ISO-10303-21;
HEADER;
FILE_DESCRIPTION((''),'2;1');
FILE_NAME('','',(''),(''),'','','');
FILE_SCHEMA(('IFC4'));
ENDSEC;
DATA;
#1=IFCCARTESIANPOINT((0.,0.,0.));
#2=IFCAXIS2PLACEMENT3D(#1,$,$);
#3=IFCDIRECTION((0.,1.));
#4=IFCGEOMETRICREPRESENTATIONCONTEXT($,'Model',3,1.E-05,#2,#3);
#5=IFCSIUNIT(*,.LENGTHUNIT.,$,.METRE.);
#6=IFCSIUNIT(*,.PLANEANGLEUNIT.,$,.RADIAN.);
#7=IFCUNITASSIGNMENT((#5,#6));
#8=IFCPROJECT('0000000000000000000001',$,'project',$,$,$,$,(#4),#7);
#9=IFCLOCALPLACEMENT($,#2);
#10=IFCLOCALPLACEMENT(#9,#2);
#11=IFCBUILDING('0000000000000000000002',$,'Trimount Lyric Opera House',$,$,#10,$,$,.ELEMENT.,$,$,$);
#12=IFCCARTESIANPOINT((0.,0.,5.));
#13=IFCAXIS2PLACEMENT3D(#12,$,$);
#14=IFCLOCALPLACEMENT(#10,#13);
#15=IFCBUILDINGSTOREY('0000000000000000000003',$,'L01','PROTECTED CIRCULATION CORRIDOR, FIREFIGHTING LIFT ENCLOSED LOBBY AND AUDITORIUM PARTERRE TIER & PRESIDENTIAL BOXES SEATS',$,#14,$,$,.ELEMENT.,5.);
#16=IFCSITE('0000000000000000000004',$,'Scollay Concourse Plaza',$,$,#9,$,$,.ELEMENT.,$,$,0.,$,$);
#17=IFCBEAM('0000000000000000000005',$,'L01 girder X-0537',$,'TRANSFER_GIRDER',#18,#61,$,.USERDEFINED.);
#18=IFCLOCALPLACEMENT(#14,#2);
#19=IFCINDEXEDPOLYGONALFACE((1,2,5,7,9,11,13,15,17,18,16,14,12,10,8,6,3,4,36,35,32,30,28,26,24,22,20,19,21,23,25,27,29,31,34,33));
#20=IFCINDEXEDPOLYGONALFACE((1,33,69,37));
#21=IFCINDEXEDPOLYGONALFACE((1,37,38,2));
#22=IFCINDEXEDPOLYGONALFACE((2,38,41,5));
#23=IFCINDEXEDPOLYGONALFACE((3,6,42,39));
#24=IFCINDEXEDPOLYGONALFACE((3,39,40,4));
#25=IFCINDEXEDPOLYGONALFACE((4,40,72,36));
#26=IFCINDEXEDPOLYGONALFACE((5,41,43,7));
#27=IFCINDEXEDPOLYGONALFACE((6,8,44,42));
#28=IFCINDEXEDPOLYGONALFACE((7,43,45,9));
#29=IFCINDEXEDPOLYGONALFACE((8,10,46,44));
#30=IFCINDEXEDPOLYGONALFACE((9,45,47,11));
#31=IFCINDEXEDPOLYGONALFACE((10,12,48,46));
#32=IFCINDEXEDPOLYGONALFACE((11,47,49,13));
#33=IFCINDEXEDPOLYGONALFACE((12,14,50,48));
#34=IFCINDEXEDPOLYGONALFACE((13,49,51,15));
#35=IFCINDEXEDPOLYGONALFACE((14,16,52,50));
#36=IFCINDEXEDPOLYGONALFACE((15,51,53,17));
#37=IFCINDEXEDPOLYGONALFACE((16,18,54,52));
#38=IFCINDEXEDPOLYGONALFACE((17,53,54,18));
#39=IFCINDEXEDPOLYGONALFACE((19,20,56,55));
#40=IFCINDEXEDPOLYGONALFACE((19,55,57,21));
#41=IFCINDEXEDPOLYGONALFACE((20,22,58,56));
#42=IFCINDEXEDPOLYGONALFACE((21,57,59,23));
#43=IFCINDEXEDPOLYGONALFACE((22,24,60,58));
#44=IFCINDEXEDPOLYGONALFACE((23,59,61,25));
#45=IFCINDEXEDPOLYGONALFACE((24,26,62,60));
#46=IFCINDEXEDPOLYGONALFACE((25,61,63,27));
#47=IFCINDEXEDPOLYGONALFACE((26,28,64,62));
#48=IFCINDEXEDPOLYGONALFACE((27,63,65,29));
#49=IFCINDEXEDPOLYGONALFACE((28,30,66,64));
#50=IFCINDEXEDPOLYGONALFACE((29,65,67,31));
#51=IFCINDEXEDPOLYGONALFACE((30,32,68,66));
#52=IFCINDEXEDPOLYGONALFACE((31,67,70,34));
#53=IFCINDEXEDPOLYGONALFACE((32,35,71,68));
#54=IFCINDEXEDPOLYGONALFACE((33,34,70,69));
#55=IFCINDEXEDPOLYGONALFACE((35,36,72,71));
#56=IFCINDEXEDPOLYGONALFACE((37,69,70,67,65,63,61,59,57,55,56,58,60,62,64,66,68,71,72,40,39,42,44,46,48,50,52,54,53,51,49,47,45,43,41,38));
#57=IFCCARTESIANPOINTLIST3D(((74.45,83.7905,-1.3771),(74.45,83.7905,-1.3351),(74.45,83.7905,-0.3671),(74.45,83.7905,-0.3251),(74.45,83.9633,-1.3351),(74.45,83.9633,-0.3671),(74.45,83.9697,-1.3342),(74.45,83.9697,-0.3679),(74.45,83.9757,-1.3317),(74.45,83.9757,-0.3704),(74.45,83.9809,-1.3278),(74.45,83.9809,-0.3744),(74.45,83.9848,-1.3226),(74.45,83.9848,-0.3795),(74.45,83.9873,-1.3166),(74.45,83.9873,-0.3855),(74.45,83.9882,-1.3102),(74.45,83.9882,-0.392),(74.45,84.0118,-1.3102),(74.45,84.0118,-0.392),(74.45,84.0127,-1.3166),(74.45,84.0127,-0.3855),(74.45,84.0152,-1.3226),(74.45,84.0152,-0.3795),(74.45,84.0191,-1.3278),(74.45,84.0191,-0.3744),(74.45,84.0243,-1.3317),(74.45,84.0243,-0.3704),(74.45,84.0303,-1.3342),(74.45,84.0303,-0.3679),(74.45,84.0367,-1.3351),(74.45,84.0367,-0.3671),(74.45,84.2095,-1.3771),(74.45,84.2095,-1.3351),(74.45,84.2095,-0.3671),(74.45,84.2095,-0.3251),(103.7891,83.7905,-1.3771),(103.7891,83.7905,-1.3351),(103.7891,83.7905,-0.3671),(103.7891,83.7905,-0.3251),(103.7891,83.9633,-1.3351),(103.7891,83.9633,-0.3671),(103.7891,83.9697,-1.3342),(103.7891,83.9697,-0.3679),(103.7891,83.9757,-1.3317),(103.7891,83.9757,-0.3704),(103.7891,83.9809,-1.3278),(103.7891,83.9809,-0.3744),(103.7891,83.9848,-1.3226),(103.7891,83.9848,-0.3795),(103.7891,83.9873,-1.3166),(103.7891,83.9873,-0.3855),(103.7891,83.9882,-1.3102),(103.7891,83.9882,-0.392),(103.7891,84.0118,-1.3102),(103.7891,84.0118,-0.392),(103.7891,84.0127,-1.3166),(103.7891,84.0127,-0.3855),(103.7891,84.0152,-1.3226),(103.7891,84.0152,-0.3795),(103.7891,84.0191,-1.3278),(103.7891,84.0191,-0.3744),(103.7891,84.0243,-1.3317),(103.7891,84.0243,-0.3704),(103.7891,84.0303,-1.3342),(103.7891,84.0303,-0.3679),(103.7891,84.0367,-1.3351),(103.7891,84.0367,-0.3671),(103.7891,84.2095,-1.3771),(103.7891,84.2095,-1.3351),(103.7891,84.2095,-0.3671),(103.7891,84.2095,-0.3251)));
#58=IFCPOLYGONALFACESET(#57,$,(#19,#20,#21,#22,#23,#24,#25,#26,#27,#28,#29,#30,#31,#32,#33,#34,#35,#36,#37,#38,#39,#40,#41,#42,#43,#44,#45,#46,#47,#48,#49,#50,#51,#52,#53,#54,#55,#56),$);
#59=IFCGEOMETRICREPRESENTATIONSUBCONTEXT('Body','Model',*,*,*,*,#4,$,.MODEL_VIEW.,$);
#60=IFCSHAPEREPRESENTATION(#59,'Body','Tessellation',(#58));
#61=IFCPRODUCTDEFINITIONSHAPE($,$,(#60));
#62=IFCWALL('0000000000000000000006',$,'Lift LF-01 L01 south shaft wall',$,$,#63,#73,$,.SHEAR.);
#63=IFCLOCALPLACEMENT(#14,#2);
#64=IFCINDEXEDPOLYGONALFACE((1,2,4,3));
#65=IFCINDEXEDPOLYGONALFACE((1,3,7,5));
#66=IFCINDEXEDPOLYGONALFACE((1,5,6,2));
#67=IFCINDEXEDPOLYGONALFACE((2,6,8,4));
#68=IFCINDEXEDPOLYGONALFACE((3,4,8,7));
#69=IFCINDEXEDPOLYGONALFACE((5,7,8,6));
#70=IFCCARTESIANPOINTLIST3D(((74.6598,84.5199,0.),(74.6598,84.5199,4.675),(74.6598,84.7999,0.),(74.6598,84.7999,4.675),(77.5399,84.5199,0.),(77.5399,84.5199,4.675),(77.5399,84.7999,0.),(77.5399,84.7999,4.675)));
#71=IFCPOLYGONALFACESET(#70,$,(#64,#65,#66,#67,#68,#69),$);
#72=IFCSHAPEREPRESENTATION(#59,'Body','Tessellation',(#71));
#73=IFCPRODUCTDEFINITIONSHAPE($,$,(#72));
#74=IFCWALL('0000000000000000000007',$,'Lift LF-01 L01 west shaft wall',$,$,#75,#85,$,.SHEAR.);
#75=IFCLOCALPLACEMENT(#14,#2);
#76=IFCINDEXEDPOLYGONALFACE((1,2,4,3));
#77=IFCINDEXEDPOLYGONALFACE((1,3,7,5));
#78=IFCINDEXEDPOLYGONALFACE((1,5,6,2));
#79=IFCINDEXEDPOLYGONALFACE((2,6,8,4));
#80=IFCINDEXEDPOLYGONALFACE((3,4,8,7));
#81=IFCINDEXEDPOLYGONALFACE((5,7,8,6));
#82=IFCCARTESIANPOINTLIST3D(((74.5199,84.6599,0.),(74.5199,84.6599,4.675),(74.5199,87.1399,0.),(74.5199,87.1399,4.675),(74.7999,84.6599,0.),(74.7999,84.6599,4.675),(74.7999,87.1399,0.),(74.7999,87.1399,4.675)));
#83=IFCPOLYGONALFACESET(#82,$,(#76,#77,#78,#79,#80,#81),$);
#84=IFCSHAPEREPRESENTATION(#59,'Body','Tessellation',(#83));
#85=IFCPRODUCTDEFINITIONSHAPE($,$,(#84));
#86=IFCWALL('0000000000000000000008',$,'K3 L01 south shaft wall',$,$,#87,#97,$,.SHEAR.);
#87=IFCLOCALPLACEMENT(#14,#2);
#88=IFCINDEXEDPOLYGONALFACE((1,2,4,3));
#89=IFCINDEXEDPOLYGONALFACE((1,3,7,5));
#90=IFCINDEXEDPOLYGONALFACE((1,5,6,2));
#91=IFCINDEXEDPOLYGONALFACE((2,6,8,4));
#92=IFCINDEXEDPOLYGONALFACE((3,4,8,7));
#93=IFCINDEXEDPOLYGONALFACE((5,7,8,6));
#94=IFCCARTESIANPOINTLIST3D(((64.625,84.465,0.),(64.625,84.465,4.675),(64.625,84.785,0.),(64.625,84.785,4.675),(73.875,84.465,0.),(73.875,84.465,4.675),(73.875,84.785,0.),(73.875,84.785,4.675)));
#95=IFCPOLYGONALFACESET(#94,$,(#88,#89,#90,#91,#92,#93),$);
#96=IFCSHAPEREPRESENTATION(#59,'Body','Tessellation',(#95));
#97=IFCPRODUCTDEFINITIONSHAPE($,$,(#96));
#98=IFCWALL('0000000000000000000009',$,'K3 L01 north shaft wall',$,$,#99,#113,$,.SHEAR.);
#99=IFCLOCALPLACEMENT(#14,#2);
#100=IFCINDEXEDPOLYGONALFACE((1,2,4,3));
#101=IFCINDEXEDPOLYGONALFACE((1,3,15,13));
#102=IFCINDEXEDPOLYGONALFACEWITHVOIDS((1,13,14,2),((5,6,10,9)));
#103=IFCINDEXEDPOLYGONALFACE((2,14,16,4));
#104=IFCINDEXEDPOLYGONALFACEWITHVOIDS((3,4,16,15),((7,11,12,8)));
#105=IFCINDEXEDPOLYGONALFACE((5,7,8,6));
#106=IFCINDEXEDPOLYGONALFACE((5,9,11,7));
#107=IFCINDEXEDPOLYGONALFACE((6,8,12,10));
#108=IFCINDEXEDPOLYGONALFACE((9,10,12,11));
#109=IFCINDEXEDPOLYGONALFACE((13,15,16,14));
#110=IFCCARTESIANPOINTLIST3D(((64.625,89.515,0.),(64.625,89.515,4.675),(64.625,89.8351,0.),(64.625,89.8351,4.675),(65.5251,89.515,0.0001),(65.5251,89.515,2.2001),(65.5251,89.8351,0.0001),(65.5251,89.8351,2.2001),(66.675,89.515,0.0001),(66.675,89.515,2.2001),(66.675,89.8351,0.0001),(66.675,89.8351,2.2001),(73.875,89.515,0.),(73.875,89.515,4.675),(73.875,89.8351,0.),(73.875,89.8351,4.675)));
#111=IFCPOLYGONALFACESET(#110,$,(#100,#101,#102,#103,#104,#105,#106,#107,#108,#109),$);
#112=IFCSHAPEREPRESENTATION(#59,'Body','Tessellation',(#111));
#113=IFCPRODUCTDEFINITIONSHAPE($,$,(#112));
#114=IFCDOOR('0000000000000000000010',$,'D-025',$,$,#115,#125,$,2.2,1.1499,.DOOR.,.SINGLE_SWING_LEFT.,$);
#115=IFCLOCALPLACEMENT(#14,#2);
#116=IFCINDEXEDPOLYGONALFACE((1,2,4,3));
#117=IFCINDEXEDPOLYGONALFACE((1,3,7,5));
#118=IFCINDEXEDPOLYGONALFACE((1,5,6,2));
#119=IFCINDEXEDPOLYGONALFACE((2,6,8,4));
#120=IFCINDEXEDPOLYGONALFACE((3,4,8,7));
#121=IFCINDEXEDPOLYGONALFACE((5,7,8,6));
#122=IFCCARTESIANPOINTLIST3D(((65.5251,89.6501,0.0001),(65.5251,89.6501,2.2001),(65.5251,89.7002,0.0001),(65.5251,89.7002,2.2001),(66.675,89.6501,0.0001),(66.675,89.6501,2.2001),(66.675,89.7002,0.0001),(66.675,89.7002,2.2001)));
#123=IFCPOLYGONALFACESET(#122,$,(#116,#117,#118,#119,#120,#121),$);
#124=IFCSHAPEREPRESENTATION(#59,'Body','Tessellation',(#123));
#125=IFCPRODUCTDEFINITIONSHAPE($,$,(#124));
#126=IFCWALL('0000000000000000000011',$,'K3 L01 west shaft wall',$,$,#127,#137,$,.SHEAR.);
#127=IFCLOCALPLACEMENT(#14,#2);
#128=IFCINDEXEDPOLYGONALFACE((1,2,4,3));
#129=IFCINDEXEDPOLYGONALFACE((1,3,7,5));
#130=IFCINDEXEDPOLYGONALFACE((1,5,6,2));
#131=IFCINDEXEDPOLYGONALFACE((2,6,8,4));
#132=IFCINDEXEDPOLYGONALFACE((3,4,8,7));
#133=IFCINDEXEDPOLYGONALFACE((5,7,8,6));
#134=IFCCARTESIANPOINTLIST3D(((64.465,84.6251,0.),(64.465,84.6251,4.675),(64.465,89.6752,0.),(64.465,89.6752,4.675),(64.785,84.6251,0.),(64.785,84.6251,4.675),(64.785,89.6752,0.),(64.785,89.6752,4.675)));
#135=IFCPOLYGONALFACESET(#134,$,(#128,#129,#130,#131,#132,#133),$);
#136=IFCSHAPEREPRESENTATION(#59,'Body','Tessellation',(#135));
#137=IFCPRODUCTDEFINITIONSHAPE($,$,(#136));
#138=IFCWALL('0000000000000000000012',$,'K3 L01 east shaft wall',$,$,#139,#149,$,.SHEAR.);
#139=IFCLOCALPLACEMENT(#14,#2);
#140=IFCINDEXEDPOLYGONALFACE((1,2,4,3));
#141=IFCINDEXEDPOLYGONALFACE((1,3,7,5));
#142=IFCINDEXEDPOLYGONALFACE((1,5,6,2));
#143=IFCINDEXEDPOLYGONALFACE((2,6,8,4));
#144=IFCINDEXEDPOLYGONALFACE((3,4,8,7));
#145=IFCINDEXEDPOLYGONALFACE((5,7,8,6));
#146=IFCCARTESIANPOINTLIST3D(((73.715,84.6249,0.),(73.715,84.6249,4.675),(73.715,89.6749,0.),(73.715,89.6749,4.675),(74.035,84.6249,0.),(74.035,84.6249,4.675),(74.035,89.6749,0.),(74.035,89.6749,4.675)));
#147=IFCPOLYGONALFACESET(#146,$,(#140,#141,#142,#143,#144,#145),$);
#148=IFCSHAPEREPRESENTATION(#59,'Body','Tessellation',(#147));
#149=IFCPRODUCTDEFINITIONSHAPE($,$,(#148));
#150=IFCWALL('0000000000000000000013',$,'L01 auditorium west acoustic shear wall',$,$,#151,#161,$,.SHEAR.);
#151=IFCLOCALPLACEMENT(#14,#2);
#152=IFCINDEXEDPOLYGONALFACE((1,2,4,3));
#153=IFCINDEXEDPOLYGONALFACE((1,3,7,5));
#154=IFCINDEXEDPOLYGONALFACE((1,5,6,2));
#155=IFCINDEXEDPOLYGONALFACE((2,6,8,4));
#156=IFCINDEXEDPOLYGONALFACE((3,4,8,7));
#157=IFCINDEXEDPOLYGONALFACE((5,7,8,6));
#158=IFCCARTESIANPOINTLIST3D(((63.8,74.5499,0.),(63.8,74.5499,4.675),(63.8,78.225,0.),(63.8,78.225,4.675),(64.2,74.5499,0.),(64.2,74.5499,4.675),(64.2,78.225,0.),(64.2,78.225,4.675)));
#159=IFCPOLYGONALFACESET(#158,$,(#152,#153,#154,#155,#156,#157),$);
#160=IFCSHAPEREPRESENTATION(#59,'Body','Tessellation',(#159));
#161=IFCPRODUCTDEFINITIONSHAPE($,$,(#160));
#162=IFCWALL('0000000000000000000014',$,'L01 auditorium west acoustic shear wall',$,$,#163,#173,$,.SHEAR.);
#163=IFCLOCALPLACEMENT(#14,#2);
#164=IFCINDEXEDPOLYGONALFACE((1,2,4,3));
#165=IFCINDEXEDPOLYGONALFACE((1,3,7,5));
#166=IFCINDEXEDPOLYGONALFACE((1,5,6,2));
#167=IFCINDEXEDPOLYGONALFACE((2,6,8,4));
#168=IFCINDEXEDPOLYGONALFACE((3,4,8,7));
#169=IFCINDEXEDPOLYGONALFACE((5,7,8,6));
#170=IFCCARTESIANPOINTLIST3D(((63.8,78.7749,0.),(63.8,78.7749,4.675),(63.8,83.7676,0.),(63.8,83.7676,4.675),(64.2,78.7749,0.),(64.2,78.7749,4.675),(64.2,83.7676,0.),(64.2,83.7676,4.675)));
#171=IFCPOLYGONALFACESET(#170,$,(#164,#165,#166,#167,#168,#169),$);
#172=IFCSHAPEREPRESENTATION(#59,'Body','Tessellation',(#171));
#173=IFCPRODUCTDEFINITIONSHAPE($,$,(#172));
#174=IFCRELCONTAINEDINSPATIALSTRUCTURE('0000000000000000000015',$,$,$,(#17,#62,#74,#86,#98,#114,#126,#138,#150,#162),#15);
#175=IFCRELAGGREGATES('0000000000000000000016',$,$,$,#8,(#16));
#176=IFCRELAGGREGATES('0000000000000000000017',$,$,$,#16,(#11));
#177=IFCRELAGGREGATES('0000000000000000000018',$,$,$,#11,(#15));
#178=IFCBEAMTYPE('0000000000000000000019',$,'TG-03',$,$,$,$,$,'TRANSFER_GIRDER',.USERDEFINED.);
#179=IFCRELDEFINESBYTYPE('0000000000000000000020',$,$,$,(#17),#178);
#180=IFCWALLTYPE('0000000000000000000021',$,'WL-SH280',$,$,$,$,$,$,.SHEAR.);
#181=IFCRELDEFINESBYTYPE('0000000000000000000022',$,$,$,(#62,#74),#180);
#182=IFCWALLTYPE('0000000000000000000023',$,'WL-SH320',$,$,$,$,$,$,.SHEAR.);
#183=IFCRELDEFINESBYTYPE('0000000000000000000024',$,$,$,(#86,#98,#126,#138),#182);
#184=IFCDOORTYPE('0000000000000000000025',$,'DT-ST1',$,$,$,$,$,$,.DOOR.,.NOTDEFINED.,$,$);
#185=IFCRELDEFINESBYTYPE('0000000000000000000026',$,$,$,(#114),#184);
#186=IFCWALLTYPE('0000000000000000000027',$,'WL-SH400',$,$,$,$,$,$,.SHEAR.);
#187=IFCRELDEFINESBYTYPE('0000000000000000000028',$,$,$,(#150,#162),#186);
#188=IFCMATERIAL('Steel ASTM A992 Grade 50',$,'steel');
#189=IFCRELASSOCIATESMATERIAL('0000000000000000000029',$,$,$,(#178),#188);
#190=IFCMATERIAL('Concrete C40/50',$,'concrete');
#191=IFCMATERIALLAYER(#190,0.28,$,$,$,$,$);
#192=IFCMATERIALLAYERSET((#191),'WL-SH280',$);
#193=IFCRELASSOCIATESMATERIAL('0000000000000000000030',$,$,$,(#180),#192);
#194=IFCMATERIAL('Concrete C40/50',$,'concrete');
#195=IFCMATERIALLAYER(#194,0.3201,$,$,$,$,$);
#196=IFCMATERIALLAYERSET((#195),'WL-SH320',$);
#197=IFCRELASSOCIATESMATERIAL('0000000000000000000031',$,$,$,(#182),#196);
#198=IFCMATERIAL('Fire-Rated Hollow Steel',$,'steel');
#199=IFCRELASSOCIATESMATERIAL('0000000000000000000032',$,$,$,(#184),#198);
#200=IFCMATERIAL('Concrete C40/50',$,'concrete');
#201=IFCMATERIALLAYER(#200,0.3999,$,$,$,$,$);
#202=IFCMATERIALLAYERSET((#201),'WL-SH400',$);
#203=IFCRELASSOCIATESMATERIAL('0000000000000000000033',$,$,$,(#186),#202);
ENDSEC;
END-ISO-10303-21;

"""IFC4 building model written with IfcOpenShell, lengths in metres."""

from ifc_helpers import new_model, si_unit, direction, frame, frame_2d, origin, origin_2d, place, context, subcontext, project, spatial, rectangle, i_section, extrude, material, layer, layer_set, material_profile, profile_set, type_object, element, fill, save


model = new_model("IFC4")

# Units and contexts
model_context = context("Model", 3, precision=1e-05, world=origin(), true_north=direction((0.0, 1.0)))
body_context = subcontext(model_context, "Body", "Model", "MODEL_VIEW")
ifc_project = project(units=[si_unit("LENGTHUNIT", "METRE"), si_unit("PLANEANGLEUNIT", "RADIAN")], contexts=[model_context])

# Site, building, storey
site_placement = place(None, origin())
site = spatial("IfcSite", under=ifc_project, at=site_placement, Name="Scollay Concourse Plaza", CompositionType="ELEMENT", RefElevation=0.0)
building_placement = place(site_placement, origin())
building = spatial("IfcBuilding", under=site, at=building_placement, Name="Trimount Lyric Opera House", CompositionType="ELEMENT")
storey_placement = place(building_placement, frame((0.0, 0.0, 5.0)))
storey = spatial("IfcBuildingStorey", under=building, at=storey_placement, Name="L01", Description="PROTECTED CIRCULATION CORRIDOR, FIREFIGHTING LIFT ENCLOSED LOBBY AND AUDITORIUM PARTERRE TIER & PRESIDENTIAL BOXES SEATS", CompositionType="ELEMENT", Elevation=5.0)

# Beam
ifc_material_1 = material(Name="Steel ASTM A992 Grade 50", Category="steel")
ifc_material_profile_1 = material_profile(ifc_material_1, i_section(OverallWidth=0.4189, OverallDepth=1.052, WebThickness=0.0237, FlangeThickness=0.042, FilletRadius=0.0249, at=origin_2d()), Name="W40X297")
ifc_profile_set_1 = profile_set([ifc_material_profile_1], Name="Steel ASTM A992 Grade 50")
beam_type_1 = type_object("IfcBeamType", Name="TG-03", ElementType="TRANSFER_GIRDER", PredefinedType="USERDEFINED", material=ifc_profile_set_1)
beam_1_placement = place(storey_placement, frame((74.45, 84.0, -0.8511), z_axis=(1.0, 0.0, 0.0), x_axis=(0.0, 1.0, 0.0)))
element("IfcBeam", 1, at=beam_1_placement, inside=storey, type_object=beam_type_1, Name="L01 girder X-0537", ObjectType="TRANSFER_GIRDER", PredefinedType="USERDEFINED", context=body_context, shape_type="SweptSolid", body=[
    extrude(i_section(OverallWidth=0.4189, OverallDepth=1.052, WebThickness=0.0237, FlangeThickness=0.042, FilletRadius=0.0249, at=origin_2d()), origin(), (0.0, 0.0, 1.0), 29.3391),
])

# Walls
ifc_material_2 = material(Name="Concrete C40/50", Category="concrete")
ifc_layer_1 = layer(ifc_material_2, 0.28)
ifc_layer_set_1 = layer_set([ifc_layer_1], Name="WL-SH280")
wall_type_1 = type_object("IfcWallType", Name="WL-SH280", PredefinedType="SHEAR", material=ifc_layer_set_1)
wall_1_placement = place(storey_placement, frame((74.6599, 84.6599, 0.0), z_axis=(0.0, 0.0, 1.0), x_axis=(1.0, 0.0, 0.0)))
element("IfcWall", 2, at=wall_1_placement, inside=storey, type_object=wall_type_1, Name="Lift LF-01 L01 south shaft wall", PredefinedType="SHEAR", context=body_context, shape_type="SweptSolid", body=[
    extrude(rectangle(XDim=2.8801, YDim=0.28, at=frame_2d((1.4399, 0.0))), origin(), (0.0, 0.0, 1.0), 4.675),
])
wall_2_placement = place(storey_placement, frame((74.6599, 87.1399, 0.0), z_axis=(0.0, 0.0, 1.0), x_axis=(0.0, -1.0, 0.0)))
element("IfcWall", 3, at=wall_2_placement, inside=storey, type_object=wall_type_1, Name="Lift LF-01 L01 west shaft wall", PredefinedType="SHEAR", context=body_context, shape_type="SweptSolid", body=[
    extrude(rectangle(XDim=2.48, YDim=0.28, at=frame_2d((1.24, 0.0))), origin(), (0.0, 0.0, 1.0), 4.675),
])
ifc_material_3 = material(Name="Concrete C40/50", Category="concrete")
ifc_layer_2 = layer(ifc_material_3, 0.3201)
ifc_layer_set_2 = layer_set([ifc_layer_2], Name="WL-SH320")
wall_type_2 = type_object("IfcWallType", Name="WL-SH320", PredefinedType="SHEAR", material=ifc_layer_set_2)
wall_3_placement = place(storey_placement, frame((64.625, 84.625, 0.0), z_axis=(0.0, 0.0, 1.0), x_axis=(1.0, 0.0, 0.0)))
element("IfcWall", 4, at=wall_3_placement, inside=storey, type_object=wall_type_2, Name="K3 L01 south shaft wall", PredefinedType="SHEAR", context=body_context, shape_type="SweptSolid", body=[
    extrude(rectangle(XDim=9.25, YDim=0.3201, at=frame_2d((4.625, 0.0))), origin(), (0.0, 0.0, 1.0), 4.675),
])

# Wall, opening, door
wall_4_placement = place(storey_placement, frame((73.875, 89.675, 0.0), z_axis=(0.0, 0.0, 1.0), x_axis=(-1.0, 0.0, 0.0)))
wall_4 = element("IfcWall", 5, at=wall_4_placement, inside=storey, type_object=wall_type_2, Name="K3 L01 north shaft wall", PredefinedType="SHEAR", context=body_context, shape_type="SweptSolid", body=[
    extrude(rectangle(XDim=9.25, YDim=0.3201, at=frame_2d((4.625, 0.0))), origin(), (0.0, 0.0, 1.0), 4.675),
])
opening_1_placement = place(wall_4_placement, frame((7.2, 0.0, 0.0)))
opening_1 = element("IfcOpeningElement", 6, at=opening_1_placement, cuts=wall_4, PredefinedType="OPENING", context=body_context, shape_type="SweptSolid", body=[
    extrude(rectangle(XDim=1.1499, YDim=2.2, at=frame_2d((0.575, 1.1001))), frame((0.0, 0.1699, 0.0), z_axis=(0.0, -1.0, 0.0), x_axis=(1.0, 0.0, 0.0)), (0.0, 0.0, 1.0), 0.3401),
])
ifc_material_4 = material(Name="Fire-Rated Hollow Steel", Category="steel")
door_type_1 = type_object("IfcDoorType", Name="DT-ST1", OperationType="NOTDEFINED", PredefinedType="DOOR", material=ifc_material_4)
door_1_placement = place(opening_1_placement, origin())
door_1 = element("IfcDoor", 7, at=door_1_placement, inside=storey, type_object=door_type_1, Name="D-025", OperationType="SINGLE_SWING_LEFT", OverallHeight=2.2, OverallWidth=1.1499, PredefinedType="DOOR", context=body_context, shape_type="SweptSolid", body=[
    extrude(rectangle(XDim=1.1499, YDim=2.2, at=frame_2d((0.575, 1.1001))), frame((0.0, 0.0249, 0.0), z_axis=(0.0, -1.0, 0.0), x_axis=(1.0, 0.0, 0.0)), (0.0, 0.0, 1.0), 0.05),
])
fill(opening_1, door_1)

# Walls
for number, where, z_axis, x_axis, name in (
    (8, (64.625, 89.675, 0.0), (0.0, 0.0, 1.0), (0.0, -1.0, 0.0), "K3 L01 west shaft wall"),
    (9, (73.875, 84.625, 0.0), (0.0, 0.0, 1.0), (0.0, 1.0, 0.0), "K3 L01 east shaft wall"),
):
    element("IfcWall", number, at=place(storey_placement, frame(where, z_axis=z_axis, x_axis=x_axis)), inside=storey, type_object=wall_type_2, Name=name, PredefinedType="SHEAR", context=body_context, shape_type="SweptSolid", body=[
        extrude(rectangle(XDim=5.05, YDim=0.3201, at=frame_2d((2.5249, 0.0))), origin(), (0.0, 0.0, 1.0), 4.675),
    ])
ifc_material_5 = material(Name="Concrete C40/50", Category="concrete")
ifc_layer_3 = layer(ifc_material_5, 0.3999)
ifc_layer_set_3 = layer_set([ifc_layer_3], Name="WL-SH400")
wall_type_3 = type_object("IfcWallType", Name="WL-SH400", PredefinedType="SHEAR", material=ifc_layer_set_3)
wall_5_placement = place(storey_placement, frame((64.0, 74.55, 0.0), z_axis=(0.0, 0.0, 1.0), x_axis=(0.0, 1.0, 0.0)))
element("IfcWall", 10, at=wall_5_placement, inside=storey, type_object=wall_type_3, Name="L01 auditorium west acoustic shear wall", PredefinedType="SHEAR", context=body_context, shape_type="SweptSolid", body=[
    extrude(rectangle(XDim=3.675, YDim=0.3999, at=frame_2d((1.8374, 0.0))), origin(), (0.0, 0.0, 1.0), 4.675),
])
wall_6_placement = place(storey_placement, frame((64.0, 78.7749, 0.0), z_axis=(0.0, 0.0, 1.0), x_axis=(0.0, 1.0, 0.0)))
element("IfcWall", 11, at=wall_6_placement, inside=storey, type_object=wall_type_3, Name="L01 auditorium west acoustic shear wall", PredefinedType="SHEAR", context=body_context, shape_type="SweptSolid", body=[
    extrude(rectangle(XDim=4.9927, YDim=0.3999, at=frame_2d((2.4963, 0.0))), origin(), (0.0, 0.0, 1.0), 4.675),
])

save(model, "model.ifc")
